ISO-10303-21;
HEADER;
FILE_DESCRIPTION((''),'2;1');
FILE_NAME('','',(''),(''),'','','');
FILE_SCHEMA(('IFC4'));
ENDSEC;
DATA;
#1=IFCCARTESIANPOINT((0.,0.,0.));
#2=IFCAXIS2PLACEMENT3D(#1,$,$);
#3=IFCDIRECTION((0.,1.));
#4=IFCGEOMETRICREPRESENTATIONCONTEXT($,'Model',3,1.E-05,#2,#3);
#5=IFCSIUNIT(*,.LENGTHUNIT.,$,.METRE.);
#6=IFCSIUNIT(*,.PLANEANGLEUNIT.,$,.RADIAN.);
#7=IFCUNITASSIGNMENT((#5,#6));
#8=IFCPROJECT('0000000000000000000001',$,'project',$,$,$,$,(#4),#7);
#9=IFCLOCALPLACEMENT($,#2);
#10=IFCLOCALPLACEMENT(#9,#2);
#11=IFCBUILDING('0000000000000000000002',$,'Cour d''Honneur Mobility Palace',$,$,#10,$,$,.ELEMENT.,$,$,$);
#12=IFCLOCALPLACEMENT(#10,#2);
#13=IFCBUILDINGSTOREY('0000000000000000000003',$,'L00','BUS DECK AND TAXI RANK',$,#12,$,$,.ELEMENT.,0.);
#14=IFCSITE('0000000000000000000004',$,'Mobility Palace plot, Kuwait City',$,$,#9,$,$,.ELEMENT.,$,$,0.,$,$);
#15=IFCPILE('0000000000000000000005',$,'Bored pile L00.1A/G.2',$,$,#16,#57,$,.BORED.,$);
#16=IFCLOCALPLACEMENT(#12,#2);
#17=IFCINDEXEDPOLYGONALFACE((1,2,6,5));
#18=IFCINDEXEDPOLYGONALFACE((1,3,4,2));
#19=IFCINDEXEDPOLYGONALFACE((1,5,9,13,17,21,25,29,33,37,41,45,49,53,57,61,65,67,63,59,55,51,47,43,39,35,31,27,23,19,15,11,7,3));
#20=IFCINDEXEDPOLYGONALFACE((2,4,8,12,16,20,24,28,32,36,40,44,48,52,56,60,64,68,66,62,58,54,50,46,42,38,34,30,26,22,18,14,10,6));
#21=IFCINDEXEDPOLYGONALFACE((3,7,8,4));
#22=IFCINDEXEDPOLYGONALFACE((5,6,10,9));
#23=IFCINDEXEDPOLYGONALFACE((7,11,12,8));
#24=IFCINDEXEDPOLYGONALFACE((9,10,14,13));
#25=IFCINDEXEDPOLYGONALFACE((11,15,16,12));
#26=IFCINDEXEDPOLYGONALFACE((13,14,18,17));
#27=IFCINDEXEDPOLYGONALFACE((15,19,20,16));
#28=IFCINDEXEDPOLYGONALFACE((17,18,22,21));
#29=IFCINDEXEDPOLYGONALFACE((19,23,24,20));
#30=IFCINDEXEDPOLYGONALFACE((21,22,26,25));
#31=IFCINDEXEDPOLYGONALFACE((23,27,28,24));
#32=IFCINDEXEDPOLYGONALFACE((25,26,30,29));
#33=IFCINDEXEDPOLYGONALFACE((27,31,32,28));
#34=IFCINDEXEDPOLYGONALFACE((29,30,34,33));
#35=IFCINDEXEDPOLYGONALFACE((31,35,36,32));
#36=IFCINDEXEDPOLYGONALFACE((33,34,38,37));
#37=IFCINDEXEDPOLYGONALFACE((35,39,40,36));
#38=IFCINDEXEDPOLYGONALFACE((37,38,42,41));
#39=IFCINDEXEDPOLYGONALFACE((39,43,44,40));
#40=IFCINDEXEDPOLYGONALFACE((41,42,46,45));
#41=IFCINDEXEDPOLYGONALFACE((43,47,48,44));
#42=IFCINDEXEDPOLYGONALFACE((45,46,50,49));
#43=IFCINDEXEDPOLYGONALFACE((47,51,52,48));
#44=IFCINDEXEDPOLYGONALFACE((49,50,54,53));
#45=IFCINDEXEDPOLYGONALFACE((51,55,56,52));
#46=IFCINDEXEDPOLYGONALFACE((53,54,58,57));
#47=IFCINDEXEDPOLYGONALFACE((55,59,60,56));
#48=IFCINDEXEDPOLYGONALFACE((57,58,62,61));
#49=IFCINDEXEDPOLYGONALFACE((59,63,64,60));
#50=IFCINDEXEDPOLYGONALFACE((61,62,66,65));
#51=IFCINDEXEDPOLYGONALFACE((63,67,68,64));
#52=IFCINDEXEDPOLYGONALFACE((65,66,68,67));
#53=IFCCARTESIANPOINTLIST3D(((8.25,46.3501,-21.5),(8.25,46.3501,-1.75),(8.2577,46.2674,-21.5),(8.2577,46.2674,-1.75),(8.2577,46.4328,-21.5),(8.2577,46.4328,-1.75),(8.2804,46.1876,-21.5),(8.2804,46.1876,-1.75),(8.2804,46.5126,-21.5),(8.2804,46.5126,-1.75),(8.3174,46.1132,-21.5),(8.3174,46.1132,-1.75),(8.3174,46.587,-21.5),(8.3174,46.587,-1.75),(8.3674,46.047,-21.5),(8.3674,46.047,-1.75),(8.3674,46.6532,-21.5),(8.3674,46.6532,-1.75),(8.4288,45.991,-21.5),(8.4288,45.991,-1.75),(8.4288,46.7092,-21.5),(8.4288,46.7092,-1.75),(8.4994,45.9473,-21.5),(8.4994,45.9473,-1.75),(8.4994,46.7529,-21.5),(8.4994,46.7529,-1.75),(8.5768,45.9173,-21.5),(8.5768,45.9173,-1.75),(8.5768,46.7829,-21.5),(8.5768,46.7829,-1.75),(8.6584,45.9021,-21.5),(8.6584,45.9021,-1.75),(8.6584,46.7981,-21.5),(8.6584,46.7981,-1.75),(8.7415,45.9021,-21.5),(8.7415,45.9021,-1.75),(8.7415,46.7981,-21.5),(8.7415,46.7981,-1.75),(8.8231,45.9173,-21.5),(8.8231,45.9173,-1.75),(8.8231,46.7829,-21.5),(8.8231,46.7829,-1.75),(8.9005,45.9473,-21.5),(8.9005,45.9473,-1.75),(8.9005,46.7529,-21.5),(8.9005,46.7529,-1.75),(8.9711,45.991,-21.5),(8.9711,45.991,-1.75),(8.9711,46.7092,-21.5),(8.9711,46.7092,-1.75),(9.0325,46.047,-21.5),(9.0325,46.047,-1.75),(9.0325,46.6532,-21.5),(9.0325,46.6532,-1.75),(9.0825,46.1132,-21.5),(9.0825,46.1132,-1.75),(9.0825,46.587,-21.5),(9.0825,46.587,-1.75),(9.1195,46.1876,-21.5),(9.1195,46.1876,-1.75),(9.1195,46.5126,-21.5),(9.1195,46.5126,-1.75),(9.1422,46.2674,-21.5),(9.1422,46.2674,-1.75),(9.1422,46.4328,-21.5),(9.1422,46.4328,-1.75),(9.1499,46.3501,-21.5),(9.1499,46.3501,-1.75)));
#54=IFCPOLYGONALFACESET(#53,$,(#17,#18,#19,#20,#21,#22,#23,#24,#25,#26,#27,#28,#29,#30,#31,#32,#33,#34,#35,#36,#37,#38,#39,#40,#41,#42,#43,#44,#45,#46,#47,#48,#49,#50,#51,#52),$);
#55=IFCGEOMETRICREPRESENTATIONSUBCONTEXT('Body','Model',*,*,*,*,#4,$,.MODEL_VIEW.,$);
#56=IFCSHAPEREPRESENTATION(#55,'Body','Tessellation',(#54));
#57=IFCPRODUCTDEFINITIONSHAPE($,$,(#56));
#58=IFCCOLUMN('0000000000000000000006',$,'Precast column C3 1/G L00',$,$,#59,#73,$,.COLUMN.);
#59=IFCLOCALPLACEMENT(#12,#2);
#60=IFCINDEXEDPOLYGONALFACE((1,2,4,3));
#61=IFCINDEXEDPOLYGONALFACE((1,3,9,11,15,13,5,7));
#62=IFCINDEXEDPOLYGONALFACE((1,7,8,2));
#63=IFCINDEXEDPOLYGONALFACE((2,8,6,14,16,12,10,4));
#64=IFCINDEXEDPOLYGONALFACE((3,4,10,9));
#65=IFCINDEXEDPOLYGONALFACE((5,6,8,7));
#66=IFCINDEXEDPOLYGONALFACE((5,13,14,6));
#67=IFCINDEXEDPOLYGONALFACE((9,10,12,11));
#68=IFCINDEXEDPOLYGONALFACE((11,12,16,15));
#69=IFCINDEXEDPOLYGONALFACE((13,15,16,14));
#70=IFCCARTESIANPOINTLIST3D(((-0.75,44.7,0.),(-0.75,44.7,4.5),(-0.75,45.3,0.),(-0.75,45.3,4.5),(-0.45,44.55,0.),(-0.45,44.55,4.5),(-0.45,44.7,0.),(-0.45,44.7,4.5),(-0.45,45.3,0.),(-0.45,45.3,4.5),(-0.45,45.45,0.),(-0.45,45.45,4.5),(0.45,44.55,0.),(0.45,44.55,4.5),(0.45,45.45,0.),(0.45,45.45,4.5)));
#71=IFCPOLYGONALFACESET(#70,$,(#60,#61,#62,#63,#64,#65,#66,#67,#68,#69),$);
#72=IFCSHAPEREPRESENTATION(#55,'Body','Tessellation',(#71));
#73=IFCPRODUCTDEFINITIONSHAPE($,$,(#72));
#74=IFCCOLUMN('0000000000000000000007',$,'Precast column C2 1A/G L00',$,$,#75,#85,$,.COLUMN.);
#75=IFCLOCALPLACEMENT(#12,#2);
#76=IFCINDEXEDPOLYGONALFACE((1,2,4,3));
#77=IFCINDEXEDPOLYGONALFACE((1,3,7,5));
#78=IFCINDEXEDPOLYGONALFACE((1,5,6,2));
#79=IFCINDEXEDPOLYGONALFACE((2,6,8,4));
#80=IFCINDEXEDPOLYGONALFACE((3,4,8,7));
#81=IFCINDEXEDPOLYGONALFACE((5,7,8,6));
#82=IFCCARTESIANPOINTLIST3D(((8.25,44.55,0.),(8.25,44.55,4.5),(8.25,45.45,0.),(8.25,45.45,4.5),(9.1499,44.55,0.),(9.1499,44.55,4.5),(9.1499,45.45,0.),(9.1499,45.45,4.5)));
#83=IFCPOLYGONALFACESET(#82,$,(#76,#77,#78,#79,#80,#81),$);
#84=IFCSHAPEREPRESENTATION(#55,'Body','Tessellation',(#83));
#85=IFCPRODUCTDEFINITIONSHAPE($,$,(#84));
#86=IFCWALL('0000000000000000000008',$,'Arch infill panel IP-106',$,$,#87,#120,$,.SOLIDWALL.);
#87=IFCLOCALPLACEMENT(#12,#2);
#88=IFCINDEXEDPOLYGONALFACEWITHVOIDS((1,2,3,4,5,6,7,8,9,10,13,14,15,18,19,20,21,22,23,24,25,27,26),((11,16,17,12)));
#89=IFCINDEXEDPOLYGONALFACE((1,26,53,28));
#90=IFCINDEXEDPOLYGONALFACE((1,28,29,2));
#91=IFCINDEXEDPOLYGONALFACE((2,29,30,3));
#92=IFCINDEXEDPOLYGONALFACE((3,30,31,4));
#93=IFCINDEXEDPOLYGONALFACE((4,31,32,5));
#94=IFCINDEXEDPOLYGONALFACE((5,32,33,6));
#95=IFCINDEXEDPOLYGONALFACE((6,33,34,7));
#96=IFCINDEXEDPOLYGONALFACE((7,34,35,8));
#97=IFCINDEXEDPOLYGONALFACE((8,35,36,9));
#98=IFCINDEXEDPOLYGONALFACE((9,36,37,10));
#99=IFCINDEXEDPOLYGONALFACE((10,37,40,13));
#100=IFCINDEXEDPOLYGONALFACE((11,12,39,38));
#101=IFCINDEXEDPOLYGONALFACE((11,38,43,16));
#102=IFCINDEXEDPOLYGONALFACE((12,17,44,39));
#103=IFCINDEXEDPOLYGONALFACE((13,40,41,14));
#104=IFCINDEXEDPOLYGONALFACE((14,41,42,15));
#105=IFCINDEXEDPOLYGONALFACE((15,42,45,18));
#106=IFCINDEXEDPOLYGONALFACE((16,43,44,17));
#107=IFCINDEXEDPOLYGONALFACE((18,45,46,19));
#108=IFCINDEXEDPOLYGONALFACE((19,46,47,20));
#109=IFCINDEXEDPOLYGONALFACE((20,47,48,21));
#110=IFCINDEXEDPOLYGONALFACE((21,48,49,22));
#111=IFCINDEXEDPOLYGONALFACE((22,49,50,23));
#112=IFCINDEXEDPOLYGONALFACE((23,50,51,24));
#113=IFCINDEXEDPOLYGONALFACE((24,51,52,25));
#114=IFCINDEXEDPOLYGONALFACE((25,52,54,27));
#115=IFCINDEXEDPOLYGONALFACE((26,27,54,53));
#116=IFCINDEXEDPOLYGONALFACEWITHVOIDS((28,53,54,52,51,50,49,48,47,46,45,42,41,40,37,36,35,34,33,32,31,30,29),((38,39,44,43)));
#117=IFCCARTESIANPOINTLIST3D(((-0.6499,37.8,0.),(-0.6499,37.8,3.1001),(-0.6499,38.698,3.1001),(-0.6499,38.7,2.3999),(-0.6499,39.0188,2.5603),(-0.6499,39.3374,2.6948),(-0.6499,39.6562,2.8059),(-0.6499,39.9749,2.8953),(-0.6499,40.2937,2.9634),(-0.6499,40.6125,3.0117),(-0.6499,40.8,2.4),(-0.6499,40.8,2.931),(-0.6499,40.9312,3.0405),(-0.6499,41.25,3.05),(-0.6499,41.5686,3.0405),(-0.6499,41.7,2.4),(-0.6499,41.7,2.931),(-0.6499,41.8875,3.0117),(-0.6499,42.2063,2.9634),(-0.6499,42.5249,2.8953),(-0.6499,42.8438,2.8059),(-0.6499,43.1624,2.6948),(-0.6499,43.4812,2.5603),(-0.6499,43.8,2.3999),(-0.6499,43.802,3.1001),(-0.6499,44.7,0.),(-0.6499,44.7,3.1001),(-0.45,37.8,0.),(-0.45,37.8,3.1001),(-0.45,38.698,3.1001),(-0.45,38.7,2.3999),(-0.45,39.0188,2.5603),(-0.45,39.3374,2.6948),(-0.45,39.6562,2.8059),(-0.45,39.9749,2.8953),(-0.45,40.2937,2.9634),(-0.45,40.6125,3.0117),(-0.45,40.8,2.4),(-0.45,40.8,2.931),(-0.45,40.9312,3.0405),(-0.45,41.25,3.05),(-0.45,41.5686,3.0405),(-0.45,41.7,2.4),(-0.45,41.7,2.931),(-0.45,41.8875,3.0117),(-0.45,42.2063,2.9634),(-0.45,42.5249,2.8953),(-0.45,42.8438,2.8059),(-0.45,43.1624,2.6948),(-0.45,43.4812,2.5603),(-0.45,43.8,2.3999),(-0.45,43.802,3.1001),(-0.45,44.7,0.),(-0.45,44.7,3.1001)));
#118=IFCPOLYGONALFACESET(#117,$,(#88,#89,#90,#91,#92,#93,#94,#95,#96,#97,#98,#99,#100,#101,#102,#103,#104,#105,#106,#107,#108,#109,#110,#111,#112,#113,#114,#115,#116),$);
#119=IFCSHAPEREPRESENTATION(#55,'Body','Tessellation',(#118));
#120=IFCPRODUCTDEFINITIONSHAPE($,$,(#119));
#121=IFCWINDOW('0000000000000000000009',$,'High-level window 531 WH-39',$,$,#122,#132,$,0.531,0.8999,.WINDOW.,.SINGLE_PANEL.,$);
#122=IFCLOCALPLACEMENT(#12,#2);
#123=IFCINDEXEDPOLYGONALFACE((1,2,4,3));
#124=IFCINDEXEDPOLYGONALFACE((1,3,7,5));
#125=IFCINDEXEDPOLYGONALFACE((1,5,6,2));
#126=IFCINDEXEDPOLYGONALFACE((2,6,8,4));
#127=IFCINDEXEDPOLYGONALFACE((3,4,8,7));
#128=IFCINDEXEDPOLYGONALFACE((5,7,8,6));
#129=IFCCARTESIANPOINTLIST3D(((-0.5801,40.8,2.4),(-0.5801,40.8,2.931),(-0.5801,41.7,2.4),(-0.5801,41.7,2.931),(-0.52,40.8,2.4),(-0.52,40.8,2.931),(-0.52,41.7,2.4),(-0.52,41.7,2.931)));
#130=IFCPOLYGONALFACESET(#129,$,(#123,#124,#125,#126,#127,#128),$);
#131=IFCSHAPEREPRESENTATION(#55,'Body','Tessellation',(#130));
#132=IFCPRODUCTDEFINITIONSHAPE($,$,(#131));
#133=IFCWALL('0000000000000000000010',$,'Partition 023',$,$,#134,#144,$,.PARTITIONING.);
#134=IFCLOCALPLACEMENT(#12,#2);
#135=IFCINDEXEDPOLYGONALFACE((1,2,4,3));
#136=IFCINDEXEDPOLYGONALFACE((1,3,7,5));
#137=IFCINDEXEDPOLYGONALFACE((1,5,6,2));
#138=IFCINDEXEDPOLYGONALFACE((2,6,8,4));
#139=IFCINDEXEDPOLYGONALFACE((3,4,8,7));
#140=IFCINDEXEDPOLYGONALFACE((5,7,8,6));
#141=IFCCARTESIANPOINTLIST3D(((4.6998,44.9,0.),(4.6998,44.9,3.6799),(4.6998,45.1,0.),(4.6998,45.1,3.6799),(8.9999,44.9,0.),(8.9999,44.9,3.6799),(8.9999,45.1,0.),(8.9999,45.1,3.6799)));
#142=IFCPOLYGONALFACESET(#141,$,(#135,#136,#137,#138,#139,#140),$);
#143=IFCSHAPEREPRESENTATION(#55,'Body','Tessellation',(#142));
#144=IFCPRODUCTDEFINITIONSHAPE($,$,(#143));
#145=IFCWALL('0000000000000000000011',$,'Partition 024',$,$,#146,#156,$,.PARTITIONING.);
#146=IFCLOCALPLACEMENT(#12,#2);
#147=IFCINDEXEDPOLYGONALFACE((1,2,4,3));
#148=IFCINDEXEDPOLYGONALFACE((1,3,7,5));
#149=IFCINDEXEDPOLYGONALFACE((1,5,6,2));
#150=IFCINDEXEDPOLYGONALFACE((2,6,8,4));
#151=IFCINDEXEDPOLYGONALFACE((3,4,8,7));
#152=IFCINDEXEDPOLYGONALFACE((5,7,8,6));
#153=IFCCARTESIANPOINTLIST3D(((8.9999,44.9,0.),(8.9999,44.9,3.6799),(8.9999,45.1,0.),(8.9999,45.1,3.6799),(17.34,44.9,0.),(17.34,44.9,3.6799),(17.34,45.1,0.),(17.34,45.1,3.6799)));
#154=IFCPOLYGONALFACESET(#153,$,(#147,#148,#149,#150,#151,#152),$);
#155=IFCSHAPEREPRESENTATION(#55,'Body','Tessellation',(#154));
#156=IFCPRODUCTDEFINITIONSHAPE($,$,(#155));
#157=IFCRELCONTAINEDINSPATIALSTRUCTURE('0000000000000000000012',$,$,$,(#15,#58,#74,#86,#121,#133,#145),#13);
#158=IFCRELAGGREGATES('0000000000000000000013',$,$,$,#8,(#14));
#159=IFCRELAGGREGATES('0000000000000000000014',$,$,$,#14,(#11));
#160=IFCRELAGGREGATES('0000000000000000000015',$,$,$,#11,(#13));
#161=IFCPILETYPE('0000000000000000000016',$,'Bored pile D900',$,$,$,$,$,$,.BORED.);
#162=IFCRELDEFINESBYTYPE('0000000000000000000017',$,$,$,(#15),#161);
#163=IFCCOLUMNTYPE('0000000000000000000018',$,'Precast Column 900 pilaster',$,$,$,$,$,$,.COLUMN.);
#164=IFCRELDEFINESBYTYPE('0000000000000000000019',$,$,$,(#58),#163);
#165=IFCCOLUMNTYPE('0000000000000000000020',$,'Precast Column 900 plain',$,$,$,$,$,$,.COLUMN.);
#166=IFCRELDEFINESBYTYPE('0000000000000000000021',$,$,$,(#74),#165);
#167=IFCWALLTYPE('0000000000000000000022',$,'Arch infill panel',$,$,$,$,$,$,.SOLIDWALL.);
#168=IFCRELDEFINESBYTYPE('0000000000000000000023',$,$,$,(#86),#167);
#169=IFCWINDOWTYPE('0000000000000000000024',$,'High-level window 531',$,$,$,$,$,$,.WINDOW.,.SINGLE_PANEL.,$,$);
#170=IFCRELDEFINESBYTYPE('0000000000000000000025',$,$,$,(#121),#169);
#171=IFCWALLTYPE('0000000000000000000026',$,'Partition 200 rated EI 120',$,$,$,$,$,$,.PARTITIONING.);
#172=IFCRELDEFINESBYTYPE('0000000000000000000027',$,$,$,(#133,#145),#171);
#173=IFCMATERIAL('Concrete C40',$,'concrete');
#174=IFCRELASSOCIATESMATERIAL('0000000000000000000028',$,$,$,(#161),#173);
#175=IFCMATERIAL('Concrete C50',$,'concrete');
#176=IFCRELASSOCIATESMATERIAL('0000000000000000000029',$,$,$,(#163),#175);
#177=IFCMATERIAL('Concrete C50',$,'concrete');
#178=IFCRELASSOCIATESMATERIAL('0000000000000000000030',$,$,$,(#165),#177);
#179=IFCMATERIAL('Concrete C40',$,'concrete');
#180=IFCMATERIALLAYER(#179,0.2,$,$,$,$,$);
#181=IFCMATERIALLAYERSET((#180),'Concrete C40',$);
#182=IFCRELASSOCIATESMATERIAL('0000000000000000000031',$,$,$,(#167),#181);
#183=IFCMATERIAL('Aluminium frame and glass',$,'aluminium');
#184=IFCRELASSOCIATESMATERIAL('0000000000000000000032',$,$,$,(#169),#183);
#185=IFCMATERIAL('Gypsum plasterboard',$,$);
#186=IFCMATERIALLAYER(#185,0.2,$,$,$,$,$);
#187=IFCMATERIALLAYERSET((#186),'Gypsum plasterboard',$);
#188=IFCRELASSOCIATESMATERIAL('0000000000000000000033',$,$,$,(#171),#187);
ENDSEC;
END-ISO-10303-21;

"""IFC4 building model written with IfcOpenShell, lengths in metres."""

from ifc_helpers import new_model, si_unit, direction, frame, frame_2d, origin, origin_2d, place, context, subcontext, project, spatial, polyline, rectangle, circle, outline, extrude, material, layer, layer_set, material_profile, profile_set, type_object, element, fill, save


model = new_model("IFC4")

# Units and contexts
model_context = context("Model", 3, precision=1e-05, world=origin(), true_north=direction((0.0, 1.0)))
body_context = subcontext(model_context, "Body", "Model", "MODEL_VIEW")
ifc_project = project(units=[si_unit("LENGTHUNIT", "METRE"), si_unit("PLANEANGLEUNIT", "RADIAN")], contexts=[model_context])

# Site, building, storey
site_placement = place(None, origin())
site = spatial("IfcSite", under=ifc_project, at=site_placement, Name="Mobility Palace plot, Kuwait City", CompositionType="ELEMENT", RefElevation=0.0)
building_placement = place(site_placement, origin())
building = spatial("IfcBuilding", under=site, at=building_placement, Name="Cour d'Honneur Mobility Palace", CompositionType="ELEMENT")
storey_placement = place(building_placement, origin())
storey = spatial("IfcBuildingStorey", under=building, at=storey_placement, Name="L00", Description="BUS DECK AND TAXI RANK", CompositionType="ELEMENT", Elevation=0.0)

# Pile
ifc_material_1 = material(Name="Concrete C40", Category="concrete")
ifc_material_profile_1 = material_profile(ifc_material_1, circle(Radius=0.45, at=origin_2d()), Name="Bored pile D900")
ifc_profile_set_1 = profile_set([ifc_material_profile_1], Name="Concrete C40")
pile_type_1 = type_object("IfcPileType", Name="Bored pile D900", PredefinedType="BORED", material=ifc_profile_set_1)
for number, where, z_axis, x_axis, name in (
    (1, (8.7, 46.3501, -1.75), (0.0, 0.0, -1.0), (1.0, 0.0, 0.0), "Bored pile L00.1A/G.2"),
):
    element("IfcPile", number, at=place(storey_placement, frame(where, z_axis=z_axis, x_axis=x_axis)), inside=storey, type_object=pile_type_1, Name=name, PredefinedType="BORED", context=body_context, shape_type="SweptSolid", body=[
        extrude(circle(Radius=0.45, at=origin_2d()), origin(), (0.0, 0.0, 1.0), 19.75),
    ])

# Columns
ifc_material_2 = material(Name="Concrete C50", Category="concrete")
ifc_material_profile_2 = material_profile(ifc_material_2, outline(polyline([(-0.45, -0.45), (0.45, -0.45), (0.45, -0.3), (0.75, -0.3), (0.75, 0.3), (0.45, 0.3), (0.45, 0.45), (-0.45, 0.45), (-0.45, -0.45)])), Name="PC C900 pilaster")
ifc_profile_set_2 = profile_set([ifc_material_profile_2], Name="Concrete C50")
column_type_1 = type_object("IfcColumnType", Name="Precast Column 900 pilaster", PredefinedType="COLUMN", material=ifc_profile_set_2)
column_1_placement = place(storey_placement, frame((0.0, 45.0, 0.0), z_axis=(0.0, 0.0, 1.0), x_axis=(-1.0, 0.0, 0.0)))
element("IfcColumn", 2, at=column_1_placement, inside=storey, type_object=column_type_1, Name="Precast column C3 1/G L00", PredefinedType="COLUMN", context=body_context, shape_type="SweptSolid", body=[
    extrude(outline(polyline([(-0.45, -0.45), (0.45, -0.45), (0.45, -0.3), (0.75, -0.3), (0.75, 0.3), (0.45, 0.3), (0.45, 0.45), (-0.45, 0.45), (-0.45, -0.45)])), origin(), (0.0, 0.0, 1.0), 4.5),
])
ifc_material_3 = material(Name="Concrete C50", Category="concrete")
ifc_material_profile_3 = material_profile(ifc_material_3, outline(polyline([(-0.45, -0.45), (0.45, -0.45), (0.45, 0.45), (-0.45, 0.45), (-0.45, -0.45)])), Name="PC C900 plain")
ifc_profile_set_3 = profile_set([ifc_material_profile_3], Name="Concrete C50")
column_type_2 = type_object("IfcColumnType", Name="Precast Column 900 plain", PredefinedType="COLUMN", material=ifc_profile_set_3)
column_2_placement = place(storey_placement, frame((8.7, 45.0, 0.0), z_axis=(0.0, 0.0, 1.0), x_axis=(1.0, 0.0, 0.0)))
element("IfcColumn", 3, at=column_2_placement, inside=storey, type_object=column_type_2, Name="Precast column C2 1A/G L00", PredefinedType="COLUMN", context=body_context, shape_type="SweptSolid", body=[
    extrude(outline(polyline([(-0.45, -0.45), (0.45, -0.45), (0.45, 0.45), (-0.45, 0.45), (-0.45, -0.45)])), origin(), (0.0, 0.0, 1.0), 4.5),
])

# Wall, opening, window
ifc_material_4 = material(Name="Concrete C40", Category="concrete")
ifc_layer_1 = layer(ifc_material_4, 0.2)
ifc_layer_set_1 = layer_set([ifc_layer_1], Name="Concrete C40")
wall_type_1 = type_object("IfcWallType", Name="Arch infill panel", PredefinedType="SOLIDWALL", material=ifc_layer_set_1)
wall_1_placement = place(storey_placement, frame((-0.55, 44.7, 0.0), z_axis=(0.0, 0.0, 1.0), x_axis=(0.0, -1.0, 0.0)))
wall_1 = element("IfcWall", 4, at=wall_1_placement, inside=storey, type_object=wall_type_1, Name="Arch infill panel IP-106", PredefinedType="SOLIDWALL", context=body_context, shape_type="SweptSolid", body=[
    extrude(outline(polyline([(0.0, 0.0), (6.8999, 0.0), (6.8999, 3.1001), (6.002, 3.1001), (6.0, 2.3999), (5.6812, 2.5603), (5.3625, 2.6948), (5.0437, 2.8059), (4.7251, 2.8953), (4.4062, 2.9634), (4.0874, 3.0117), (3.7688, 3.0405), (3.45, 3.05), (3.1313, 3.0405), (2.8125, 3.0117), (2.4937, 2.9634), (2.175, 2.8953), (1.8562, 2.8059), (1.5376, 2.6948), (1.2188, 2.5603), (0.8999, 2.3999), (0.8979, 3.1001), (0.0, 3.1001), (0.0, 0.0)])), frame((0.0, 0.1001, 0.0), z_axis=(0.0, -1.0, 0.0), x_axis=(1.0, 0.0, 0.0)), (0.0, 0.0, 1.0), 0.2),
])
opening_1_placement = place(wall_1_placement, frame((3.0, 0.0, 2.3999)))
opening_1 = element("IfcOpeningElement", 5, at=opening_1_placement, cuts=wall_1, PredefinedType="OPENING", context=body_context, shape_type="SweptSolid", body=[
    extrude(rectangle(XDim=0.8999, YDim=0.531, at=frame_2d((0.45, 0.2656))), frame((0.0, 0.1099, 0.0), z_axis=(0.0, -1.0, 0.0), x_axis=(1.0, 0.0, 0.0)), (0.0, 0.0, 1.0), 0.22),
])
ifc_material_5 = material(Name="Aluminium frame and glass", Category="aluminium")
window_type = type_object("IfcWindowType", Name="High-level window 531", PartitioningType="SINGLE_PANEL", PredefinedType="WINDOW", material=ifc_material_5)
window_placement = place(opening_1_placement, origin())
window = element("IfcWindow", 6, at=window_placement, inside=storey, type_object=window_type, Name="High-level window 531 WH-39", OverallHeight=0.531, OverallWidth=0.8999, PartitioningType="SINGLE_PANEL", PredefinedType="WINDOW", context=body_context, shape_type="SweptSolid", body=[
    extrude(rectangle(XDim=0.8999, YDim=0.531, at=frame_2d((0.45, 0.2656))), frame((0.0, 0.03, 0.0), z_axis=(0.0, -1.0, 0.0), x_axis=(1.0, 0.0, 0.0)), (0.0, 0.0, 1.0), 0.0601),
])
fill(opening_1, window)

# Walls
ifc_material_6 = material(Name="Gypsum plasterboard")
ifc_layer_2 = layer(ifc_material_6, 0.2)
ifc_layer_set_2 = layer_set([ifc_layer_2], Name="Gypsum plasterboard")
wall_type_2 = type_object("IfcWallType", Name="Partition 200 rated EI 120", PredefinedType="PARTITIONING", material=ifc_layer_set_2)
wall_2_placement = place(storey_placement, frame((4.7, 45.0, 0.0), z_axis=(0.0, 0.0, 1.0), x_axis=(1.0, 0.0, 0.0)))
element("IfcWall", 7, at=wall_2_placement, inside=storey, type_object=wall_type_2, Name="Partition 023", PredefinedType="PARTITIONING", context=body_context, shape_type="SweptSolid", body=[
    extrude(rectangle(XDim=4.3, YDim=0.2, at=frame_2d((2.1499, 0.0))), origin(), (0.0, 0.0, 1.0), 3.6799),
])
wall_3_placement = place(storey_placement, frame((9.0, 45.0, 0.0), z_axis=(0.0, 0.0, 1.0), x_axis=(1.0, 0.0, 0.0)))
element("IfcWall", 8, at=wall_3_placement, inside=storey, type_object=wall_type_2, Name="Partition 024", PredefinedType="PARTITIONING", context=body_context, shape_type="SweptSolid", body=[
    extrude(rectangle(XDim=8.3401, YDim=0.2, at=frame_2d((4.1699, 0.0))), origin(), (0.0, 0.0, 1.0), 3.6799),
])

save(model, "model.ifc")
